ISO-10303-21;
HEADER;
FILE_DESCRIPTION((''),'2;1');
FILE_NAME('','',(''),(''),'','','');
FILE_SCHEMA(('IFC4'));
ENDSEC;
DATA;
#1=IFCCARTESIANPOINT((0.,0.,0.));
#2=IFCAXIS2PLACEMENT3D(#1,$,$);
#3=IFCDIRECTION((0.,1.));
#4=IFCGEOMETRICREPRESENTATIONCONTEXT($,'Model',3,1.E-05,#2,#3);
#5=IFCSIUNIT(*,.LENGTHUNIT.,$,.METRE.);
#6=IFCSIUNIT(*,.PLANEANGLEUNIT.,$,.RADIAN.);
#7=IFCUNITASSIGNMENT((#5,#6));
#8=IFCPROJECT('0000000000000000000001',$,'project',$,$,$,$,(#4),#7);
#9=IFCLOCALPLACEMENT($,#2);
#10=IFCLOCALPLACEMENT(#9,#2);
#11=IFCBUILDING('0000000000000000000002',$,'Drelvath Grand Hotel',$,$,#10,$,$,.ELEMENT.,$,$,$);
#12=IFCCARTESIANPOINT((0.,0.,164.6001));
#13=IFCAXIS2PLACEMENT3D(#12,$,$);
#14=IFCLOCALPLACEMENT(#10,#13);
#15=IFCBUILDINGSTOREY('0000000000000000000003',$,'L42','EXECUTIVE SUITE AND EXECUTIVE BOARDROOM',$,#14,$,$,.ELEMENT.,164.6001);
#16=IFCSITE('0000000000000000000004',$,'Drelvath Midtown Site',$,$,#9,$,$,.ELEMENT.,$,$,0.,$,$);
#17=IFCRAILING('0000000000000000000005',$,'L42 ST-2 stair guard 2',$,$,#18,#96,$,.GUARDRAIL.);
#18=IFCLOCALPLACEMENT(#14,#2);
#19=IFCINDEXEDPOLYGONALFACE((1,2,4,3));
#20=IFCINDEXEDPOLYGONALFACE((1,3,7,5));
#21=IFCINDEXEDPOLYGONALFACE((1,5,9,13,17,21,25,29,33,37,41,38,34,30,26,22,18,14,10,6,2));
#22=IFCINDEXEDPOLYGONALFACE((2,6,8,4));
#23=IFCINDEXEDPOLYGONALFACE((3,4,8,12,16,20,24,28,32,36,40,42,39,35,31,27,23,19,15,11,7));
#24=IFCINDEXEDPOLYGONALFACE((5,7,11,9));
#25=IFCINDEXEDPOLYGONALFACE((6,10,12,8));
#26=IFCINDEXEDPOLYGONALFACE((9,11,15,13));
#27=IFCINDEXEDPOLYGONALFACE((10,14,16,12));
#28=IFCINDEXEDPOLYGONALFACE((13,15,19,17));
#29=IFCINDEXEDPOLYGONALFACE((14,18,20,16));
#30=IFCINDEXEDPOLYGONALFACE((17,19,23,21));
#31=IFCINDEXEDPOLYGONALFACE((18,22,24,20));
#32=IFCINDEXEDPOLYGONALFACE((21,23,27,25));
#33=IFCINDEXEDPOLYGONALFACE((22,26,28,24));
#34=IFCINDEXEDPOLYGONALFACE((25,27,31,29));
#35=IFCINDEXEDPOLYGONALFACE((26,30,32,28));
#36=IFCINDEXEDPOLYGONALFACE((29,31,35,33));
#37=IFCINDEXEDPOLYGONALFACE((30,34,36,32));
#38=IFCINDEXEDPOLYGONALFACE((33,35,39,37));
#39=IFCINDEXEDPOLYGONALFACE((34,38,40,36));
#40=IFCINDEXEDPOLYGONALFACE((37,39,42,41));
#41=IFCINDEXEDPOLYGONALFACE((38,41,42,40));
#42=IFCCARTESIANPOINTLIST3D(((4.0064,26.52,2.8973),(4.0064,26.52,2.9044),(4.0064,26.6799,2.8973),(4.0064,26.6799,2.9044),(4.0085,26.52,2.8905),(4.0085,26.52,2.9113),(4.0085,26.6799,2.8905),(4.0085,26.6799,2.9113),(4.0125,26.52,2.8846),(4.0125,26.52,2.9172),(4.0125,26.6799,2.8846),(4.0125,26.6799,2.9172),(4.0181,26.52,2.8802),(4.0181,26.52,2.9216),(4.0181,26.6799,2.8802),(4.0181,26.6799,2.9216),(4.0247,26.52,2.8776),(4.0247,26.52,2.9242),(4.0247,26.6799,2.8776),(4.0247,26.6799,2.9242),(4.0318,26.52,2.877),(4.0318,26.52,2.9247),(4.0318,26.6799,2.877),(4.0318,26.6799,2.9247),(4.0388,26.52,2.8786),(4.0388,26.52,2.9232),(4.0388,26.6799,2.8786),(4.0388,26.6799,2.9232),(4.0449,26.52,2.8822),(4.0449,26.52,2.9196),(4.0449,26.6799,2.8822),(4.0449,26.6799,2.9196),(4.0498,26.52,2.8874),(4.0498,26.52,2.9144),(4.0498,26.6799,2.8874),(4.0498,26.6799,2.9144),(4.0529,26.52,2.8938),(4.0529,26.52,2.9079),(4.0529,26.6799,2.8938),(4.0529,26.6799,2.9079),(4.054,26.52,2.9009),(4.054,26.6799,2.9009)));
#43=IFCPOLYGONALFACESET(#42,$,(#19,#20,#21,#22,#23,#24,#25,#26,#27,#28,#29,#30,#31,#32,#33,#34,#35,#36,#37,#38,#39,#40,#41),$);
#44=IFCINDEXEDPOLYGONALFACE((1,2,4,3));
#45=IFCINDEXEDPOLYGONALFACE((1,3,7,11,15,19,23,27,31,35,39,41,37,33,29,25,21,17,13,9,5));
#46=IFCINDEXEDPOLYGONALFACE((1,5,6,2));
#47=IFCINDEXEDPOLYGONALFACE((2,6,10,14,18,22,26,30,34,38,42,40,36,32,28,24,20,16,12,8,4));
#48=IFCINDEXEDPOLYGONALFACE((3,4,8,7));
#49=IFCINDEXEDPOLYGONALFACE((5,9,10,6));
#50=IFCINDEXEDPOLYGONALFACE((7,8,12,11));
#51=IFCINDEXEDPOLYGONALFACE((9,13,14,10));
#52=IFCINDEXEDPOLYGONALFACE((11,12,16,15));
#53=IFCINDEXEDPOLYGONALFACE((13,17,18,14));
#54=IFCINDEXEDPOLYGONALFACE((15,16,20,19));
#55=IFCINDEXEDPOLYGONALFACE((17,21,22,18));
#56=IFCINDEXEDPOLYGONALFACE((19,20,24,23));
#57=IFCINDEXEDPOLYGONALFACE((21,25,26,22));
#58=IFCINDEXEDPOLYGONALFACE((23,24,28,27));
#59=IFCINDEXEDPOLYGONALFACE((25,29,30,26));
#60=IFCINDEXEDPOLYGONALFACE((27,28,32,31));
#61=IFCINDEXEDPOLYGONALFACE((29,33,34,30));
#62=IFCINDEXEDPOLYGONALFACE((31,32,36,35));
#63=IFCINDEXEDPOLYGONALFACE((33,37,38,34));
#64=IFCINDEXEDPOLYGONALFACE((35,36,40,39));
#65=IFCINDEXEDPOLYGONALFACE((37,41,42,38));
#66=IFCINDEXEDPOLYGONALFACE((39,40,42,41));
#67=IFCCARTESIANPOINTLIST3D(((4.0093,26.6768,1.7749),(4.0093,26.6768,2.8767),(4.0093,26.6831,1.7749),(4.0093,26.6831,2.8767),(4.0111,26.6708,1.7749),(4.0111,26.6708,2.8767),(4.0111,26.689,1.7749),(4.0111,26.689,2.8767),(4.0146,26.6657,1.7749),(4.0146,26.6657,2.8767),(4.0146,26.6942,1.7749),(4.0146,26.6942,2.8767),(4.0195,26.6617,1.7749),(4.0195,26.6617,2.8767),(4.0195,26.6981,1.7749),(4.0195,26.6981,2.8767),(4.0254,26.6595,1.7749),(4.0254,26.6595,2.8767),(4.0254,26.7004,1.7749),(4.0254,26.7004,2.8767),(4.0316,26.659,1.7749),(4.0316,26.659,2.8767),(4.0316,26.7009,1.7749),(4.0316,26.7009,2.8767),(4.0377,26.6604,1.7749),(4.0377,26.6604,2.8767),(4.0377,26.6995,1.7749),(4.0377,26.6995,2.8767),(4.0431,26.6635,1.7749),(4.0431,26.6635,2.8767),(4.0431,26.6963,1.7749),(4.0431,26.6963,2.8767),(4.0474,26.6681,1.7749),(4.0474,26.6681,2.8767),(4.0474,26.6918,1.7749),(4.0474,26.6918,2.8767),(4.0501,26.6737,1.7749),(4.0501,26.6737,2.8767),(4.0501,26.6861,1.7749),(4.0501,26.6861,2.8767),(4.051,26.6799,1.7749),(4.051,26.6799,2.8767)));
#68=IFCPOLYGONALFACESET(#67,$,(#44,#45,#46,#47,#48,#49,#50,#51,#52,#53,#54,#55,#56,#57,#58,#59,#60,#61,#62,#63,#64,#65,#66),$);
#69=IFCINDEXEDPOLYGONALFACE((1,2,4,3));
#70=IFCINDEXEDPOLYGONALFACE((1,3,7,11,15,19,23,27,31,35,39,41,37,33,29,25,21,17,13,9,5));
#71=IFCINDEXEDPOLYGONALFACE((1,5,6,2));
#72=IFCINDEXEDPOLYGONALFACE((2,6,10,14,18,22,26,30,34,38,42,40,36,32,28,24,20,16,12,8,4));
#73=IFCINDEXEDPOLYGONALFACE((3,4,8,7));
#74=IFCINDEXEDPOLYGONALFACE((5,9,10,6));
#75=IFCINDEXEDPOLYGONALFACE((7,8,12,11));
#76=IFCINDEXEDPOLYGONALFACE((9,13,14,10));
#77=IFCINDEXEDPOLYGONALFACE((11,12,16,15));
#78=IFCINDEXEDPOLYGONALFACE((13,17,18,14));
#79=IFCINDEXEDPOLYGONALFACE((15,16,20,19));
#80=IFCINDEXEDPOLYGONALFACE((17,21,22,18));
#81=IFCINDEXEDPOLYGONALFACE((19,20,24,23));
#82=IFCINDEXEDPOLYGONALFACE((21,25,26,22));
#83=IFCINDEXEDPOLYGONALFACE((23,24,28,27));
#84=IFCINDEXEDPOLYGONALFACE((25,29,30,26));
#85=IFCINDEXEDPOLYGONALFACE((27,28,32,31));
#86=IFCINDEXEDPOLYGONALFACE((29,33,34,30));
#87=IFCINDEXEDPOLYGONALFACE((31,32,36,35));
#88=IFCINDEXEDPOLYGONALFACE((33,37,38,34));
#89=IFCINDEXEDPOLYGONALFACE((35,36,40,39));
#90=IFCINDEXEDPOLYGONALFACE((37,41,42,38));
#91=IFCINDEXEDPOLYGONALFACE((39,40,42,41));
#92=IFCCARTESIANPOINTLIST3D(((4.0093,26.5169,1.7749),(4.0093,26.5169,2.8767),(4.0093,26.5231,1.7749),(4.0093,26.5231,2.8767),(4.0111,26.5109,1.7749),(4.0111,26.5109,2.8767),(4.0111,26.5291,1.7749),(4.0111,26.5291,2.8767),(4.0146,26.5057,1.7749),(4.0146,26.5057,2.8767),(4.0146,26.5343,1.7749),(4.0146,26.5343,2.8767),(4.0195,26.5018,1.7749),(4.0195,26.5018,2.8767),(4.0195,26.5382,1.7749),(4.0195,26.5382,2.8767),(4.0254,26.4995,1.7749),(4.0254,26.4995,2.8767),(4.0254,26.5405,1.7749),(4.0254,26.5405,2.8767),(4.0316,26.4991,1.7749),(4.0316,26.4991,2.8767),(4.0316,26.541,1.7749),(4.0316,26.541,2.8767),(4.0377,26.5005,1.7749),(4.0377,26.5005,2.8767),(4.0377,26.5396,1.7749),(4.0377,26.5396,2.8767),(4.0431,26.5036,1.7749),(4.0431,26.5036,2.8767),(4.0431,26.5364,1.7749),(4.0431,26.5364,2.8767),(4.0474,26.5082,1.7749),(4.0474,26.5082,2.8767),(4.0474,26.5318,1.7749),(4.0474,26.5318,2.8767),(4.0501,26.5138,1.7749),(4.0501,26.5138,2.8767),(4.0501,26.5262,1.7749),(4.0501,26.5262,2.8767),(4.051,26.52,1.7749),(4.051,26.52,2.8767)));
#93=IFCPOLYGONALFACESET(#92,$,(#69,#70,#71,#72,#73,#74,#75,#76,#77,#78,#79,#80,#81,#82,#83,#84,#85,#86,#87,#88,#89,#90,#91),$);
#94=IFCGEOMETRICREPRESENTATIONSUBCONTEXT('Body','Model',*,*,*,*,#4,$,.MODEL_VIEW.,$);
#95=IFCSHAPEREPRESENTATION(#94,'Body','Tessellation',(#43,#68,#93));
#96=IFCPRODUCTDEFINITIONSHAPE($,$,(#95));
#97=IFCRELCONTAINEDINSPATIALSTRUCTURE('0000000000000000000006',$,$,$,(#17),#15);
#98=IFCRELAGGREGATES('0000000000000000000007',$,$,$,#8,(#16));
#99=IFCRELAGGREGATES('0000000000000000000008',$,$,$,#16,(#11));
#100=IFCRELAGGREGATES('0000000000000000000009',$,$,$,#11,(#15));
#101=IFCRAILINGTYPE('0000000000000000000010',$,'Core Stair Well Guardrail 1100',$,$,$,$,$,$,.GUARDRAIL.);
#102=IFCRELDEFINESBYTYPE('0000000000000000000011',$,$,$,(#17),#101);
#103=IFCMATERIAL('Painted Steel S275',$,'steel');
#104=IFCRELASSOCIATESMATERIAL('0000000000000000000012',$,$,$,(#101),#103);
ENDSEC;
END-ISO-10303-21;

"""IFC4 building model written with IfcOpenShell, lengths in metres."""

from ifc_helpers import new_model, si_unit, direction, frame, origin, origin_2d, place, context, subcontext, project, spatial, circle, extrude, material, type_object, element, save


model = new_model("IFC4")

# Units and contexts
model_context = context("Model", 3, precision=1e-05, world=origin(), true_north=direction((0.0, 1.0)))
body_context = subcontext(model_context, "Body", "Model", "MODEL_VIEW")
ifc_project = project(units=[si_unit("LENGTHUNIT", "METRE"), si_unit("PLANEANGLEUNIT", "RADIAN")], contexts=[model_context])

# Site, building, storey
site_placement = place(None, origin())
site = spatial("IfcSite", under=ifc_project, at=site_placement, Name="Drelvath Midtown Site", CompositionType="ELEMENT", RefElevation=0.0)
building_placement = place(site_placement, origin())
building = spatial("IfcBuilding", under=site, at=building_placement, Name="Drelvath Grand Hotel", CompositionType="ELEMENT")
storey_placement = place(building_placement, frame((0.0, 0.0, 164.6001)))
storey = spatial("IfcBuildingStorey", under=building, at=storey_placement, Name="L42", Description="EXECUTIVE SUITE AND EXECUTIVE BOARDROOM", CompositionType="ELEMENT", Elevation=164.6001)

# Railing
ifc_material_1 = material(Name="Painted Steel S275", Category="steel")
railing_type_1 = type_object("IfcRailingType", Name="Core Stair Well Guardrail 1100", PredefinedType="GUARDRAIL", material=ifc_material_1)
railing_1_placement = place(storey_placement, frame((4.03, 26.6799, 1.7749)))
element("IfcRailing", 1, at=railing_1_placement, inside=storey, type_object=railing_type_1, Name="L42 ST-2 stair guard 2", PredefinedType="GUARDRAIL", context=body_context, shape_type="SweptSolid", body=[
    extrude(circle(Radius=0.0239, at=origin_2d()), frame((0.0, 0.0, 1.126), z_axis=(0.0, -1.0, 0.0), x_axis=(1.0, 0.0, 0.0)), (0.0, 0.0, 1.0), 0.1599),
    extrude(circle(Radius=0.021, at=origin_2d()), origin(), (0.0, 0.0, 1.0), 1.1018),
    extrude(circle(Radius=0.021, at=origin_2d()), frame((0.0, -0.1599, 0.0)), (0.0, 0.0, 1.0), 1.1018),
])

save(model, "model.ifc")
